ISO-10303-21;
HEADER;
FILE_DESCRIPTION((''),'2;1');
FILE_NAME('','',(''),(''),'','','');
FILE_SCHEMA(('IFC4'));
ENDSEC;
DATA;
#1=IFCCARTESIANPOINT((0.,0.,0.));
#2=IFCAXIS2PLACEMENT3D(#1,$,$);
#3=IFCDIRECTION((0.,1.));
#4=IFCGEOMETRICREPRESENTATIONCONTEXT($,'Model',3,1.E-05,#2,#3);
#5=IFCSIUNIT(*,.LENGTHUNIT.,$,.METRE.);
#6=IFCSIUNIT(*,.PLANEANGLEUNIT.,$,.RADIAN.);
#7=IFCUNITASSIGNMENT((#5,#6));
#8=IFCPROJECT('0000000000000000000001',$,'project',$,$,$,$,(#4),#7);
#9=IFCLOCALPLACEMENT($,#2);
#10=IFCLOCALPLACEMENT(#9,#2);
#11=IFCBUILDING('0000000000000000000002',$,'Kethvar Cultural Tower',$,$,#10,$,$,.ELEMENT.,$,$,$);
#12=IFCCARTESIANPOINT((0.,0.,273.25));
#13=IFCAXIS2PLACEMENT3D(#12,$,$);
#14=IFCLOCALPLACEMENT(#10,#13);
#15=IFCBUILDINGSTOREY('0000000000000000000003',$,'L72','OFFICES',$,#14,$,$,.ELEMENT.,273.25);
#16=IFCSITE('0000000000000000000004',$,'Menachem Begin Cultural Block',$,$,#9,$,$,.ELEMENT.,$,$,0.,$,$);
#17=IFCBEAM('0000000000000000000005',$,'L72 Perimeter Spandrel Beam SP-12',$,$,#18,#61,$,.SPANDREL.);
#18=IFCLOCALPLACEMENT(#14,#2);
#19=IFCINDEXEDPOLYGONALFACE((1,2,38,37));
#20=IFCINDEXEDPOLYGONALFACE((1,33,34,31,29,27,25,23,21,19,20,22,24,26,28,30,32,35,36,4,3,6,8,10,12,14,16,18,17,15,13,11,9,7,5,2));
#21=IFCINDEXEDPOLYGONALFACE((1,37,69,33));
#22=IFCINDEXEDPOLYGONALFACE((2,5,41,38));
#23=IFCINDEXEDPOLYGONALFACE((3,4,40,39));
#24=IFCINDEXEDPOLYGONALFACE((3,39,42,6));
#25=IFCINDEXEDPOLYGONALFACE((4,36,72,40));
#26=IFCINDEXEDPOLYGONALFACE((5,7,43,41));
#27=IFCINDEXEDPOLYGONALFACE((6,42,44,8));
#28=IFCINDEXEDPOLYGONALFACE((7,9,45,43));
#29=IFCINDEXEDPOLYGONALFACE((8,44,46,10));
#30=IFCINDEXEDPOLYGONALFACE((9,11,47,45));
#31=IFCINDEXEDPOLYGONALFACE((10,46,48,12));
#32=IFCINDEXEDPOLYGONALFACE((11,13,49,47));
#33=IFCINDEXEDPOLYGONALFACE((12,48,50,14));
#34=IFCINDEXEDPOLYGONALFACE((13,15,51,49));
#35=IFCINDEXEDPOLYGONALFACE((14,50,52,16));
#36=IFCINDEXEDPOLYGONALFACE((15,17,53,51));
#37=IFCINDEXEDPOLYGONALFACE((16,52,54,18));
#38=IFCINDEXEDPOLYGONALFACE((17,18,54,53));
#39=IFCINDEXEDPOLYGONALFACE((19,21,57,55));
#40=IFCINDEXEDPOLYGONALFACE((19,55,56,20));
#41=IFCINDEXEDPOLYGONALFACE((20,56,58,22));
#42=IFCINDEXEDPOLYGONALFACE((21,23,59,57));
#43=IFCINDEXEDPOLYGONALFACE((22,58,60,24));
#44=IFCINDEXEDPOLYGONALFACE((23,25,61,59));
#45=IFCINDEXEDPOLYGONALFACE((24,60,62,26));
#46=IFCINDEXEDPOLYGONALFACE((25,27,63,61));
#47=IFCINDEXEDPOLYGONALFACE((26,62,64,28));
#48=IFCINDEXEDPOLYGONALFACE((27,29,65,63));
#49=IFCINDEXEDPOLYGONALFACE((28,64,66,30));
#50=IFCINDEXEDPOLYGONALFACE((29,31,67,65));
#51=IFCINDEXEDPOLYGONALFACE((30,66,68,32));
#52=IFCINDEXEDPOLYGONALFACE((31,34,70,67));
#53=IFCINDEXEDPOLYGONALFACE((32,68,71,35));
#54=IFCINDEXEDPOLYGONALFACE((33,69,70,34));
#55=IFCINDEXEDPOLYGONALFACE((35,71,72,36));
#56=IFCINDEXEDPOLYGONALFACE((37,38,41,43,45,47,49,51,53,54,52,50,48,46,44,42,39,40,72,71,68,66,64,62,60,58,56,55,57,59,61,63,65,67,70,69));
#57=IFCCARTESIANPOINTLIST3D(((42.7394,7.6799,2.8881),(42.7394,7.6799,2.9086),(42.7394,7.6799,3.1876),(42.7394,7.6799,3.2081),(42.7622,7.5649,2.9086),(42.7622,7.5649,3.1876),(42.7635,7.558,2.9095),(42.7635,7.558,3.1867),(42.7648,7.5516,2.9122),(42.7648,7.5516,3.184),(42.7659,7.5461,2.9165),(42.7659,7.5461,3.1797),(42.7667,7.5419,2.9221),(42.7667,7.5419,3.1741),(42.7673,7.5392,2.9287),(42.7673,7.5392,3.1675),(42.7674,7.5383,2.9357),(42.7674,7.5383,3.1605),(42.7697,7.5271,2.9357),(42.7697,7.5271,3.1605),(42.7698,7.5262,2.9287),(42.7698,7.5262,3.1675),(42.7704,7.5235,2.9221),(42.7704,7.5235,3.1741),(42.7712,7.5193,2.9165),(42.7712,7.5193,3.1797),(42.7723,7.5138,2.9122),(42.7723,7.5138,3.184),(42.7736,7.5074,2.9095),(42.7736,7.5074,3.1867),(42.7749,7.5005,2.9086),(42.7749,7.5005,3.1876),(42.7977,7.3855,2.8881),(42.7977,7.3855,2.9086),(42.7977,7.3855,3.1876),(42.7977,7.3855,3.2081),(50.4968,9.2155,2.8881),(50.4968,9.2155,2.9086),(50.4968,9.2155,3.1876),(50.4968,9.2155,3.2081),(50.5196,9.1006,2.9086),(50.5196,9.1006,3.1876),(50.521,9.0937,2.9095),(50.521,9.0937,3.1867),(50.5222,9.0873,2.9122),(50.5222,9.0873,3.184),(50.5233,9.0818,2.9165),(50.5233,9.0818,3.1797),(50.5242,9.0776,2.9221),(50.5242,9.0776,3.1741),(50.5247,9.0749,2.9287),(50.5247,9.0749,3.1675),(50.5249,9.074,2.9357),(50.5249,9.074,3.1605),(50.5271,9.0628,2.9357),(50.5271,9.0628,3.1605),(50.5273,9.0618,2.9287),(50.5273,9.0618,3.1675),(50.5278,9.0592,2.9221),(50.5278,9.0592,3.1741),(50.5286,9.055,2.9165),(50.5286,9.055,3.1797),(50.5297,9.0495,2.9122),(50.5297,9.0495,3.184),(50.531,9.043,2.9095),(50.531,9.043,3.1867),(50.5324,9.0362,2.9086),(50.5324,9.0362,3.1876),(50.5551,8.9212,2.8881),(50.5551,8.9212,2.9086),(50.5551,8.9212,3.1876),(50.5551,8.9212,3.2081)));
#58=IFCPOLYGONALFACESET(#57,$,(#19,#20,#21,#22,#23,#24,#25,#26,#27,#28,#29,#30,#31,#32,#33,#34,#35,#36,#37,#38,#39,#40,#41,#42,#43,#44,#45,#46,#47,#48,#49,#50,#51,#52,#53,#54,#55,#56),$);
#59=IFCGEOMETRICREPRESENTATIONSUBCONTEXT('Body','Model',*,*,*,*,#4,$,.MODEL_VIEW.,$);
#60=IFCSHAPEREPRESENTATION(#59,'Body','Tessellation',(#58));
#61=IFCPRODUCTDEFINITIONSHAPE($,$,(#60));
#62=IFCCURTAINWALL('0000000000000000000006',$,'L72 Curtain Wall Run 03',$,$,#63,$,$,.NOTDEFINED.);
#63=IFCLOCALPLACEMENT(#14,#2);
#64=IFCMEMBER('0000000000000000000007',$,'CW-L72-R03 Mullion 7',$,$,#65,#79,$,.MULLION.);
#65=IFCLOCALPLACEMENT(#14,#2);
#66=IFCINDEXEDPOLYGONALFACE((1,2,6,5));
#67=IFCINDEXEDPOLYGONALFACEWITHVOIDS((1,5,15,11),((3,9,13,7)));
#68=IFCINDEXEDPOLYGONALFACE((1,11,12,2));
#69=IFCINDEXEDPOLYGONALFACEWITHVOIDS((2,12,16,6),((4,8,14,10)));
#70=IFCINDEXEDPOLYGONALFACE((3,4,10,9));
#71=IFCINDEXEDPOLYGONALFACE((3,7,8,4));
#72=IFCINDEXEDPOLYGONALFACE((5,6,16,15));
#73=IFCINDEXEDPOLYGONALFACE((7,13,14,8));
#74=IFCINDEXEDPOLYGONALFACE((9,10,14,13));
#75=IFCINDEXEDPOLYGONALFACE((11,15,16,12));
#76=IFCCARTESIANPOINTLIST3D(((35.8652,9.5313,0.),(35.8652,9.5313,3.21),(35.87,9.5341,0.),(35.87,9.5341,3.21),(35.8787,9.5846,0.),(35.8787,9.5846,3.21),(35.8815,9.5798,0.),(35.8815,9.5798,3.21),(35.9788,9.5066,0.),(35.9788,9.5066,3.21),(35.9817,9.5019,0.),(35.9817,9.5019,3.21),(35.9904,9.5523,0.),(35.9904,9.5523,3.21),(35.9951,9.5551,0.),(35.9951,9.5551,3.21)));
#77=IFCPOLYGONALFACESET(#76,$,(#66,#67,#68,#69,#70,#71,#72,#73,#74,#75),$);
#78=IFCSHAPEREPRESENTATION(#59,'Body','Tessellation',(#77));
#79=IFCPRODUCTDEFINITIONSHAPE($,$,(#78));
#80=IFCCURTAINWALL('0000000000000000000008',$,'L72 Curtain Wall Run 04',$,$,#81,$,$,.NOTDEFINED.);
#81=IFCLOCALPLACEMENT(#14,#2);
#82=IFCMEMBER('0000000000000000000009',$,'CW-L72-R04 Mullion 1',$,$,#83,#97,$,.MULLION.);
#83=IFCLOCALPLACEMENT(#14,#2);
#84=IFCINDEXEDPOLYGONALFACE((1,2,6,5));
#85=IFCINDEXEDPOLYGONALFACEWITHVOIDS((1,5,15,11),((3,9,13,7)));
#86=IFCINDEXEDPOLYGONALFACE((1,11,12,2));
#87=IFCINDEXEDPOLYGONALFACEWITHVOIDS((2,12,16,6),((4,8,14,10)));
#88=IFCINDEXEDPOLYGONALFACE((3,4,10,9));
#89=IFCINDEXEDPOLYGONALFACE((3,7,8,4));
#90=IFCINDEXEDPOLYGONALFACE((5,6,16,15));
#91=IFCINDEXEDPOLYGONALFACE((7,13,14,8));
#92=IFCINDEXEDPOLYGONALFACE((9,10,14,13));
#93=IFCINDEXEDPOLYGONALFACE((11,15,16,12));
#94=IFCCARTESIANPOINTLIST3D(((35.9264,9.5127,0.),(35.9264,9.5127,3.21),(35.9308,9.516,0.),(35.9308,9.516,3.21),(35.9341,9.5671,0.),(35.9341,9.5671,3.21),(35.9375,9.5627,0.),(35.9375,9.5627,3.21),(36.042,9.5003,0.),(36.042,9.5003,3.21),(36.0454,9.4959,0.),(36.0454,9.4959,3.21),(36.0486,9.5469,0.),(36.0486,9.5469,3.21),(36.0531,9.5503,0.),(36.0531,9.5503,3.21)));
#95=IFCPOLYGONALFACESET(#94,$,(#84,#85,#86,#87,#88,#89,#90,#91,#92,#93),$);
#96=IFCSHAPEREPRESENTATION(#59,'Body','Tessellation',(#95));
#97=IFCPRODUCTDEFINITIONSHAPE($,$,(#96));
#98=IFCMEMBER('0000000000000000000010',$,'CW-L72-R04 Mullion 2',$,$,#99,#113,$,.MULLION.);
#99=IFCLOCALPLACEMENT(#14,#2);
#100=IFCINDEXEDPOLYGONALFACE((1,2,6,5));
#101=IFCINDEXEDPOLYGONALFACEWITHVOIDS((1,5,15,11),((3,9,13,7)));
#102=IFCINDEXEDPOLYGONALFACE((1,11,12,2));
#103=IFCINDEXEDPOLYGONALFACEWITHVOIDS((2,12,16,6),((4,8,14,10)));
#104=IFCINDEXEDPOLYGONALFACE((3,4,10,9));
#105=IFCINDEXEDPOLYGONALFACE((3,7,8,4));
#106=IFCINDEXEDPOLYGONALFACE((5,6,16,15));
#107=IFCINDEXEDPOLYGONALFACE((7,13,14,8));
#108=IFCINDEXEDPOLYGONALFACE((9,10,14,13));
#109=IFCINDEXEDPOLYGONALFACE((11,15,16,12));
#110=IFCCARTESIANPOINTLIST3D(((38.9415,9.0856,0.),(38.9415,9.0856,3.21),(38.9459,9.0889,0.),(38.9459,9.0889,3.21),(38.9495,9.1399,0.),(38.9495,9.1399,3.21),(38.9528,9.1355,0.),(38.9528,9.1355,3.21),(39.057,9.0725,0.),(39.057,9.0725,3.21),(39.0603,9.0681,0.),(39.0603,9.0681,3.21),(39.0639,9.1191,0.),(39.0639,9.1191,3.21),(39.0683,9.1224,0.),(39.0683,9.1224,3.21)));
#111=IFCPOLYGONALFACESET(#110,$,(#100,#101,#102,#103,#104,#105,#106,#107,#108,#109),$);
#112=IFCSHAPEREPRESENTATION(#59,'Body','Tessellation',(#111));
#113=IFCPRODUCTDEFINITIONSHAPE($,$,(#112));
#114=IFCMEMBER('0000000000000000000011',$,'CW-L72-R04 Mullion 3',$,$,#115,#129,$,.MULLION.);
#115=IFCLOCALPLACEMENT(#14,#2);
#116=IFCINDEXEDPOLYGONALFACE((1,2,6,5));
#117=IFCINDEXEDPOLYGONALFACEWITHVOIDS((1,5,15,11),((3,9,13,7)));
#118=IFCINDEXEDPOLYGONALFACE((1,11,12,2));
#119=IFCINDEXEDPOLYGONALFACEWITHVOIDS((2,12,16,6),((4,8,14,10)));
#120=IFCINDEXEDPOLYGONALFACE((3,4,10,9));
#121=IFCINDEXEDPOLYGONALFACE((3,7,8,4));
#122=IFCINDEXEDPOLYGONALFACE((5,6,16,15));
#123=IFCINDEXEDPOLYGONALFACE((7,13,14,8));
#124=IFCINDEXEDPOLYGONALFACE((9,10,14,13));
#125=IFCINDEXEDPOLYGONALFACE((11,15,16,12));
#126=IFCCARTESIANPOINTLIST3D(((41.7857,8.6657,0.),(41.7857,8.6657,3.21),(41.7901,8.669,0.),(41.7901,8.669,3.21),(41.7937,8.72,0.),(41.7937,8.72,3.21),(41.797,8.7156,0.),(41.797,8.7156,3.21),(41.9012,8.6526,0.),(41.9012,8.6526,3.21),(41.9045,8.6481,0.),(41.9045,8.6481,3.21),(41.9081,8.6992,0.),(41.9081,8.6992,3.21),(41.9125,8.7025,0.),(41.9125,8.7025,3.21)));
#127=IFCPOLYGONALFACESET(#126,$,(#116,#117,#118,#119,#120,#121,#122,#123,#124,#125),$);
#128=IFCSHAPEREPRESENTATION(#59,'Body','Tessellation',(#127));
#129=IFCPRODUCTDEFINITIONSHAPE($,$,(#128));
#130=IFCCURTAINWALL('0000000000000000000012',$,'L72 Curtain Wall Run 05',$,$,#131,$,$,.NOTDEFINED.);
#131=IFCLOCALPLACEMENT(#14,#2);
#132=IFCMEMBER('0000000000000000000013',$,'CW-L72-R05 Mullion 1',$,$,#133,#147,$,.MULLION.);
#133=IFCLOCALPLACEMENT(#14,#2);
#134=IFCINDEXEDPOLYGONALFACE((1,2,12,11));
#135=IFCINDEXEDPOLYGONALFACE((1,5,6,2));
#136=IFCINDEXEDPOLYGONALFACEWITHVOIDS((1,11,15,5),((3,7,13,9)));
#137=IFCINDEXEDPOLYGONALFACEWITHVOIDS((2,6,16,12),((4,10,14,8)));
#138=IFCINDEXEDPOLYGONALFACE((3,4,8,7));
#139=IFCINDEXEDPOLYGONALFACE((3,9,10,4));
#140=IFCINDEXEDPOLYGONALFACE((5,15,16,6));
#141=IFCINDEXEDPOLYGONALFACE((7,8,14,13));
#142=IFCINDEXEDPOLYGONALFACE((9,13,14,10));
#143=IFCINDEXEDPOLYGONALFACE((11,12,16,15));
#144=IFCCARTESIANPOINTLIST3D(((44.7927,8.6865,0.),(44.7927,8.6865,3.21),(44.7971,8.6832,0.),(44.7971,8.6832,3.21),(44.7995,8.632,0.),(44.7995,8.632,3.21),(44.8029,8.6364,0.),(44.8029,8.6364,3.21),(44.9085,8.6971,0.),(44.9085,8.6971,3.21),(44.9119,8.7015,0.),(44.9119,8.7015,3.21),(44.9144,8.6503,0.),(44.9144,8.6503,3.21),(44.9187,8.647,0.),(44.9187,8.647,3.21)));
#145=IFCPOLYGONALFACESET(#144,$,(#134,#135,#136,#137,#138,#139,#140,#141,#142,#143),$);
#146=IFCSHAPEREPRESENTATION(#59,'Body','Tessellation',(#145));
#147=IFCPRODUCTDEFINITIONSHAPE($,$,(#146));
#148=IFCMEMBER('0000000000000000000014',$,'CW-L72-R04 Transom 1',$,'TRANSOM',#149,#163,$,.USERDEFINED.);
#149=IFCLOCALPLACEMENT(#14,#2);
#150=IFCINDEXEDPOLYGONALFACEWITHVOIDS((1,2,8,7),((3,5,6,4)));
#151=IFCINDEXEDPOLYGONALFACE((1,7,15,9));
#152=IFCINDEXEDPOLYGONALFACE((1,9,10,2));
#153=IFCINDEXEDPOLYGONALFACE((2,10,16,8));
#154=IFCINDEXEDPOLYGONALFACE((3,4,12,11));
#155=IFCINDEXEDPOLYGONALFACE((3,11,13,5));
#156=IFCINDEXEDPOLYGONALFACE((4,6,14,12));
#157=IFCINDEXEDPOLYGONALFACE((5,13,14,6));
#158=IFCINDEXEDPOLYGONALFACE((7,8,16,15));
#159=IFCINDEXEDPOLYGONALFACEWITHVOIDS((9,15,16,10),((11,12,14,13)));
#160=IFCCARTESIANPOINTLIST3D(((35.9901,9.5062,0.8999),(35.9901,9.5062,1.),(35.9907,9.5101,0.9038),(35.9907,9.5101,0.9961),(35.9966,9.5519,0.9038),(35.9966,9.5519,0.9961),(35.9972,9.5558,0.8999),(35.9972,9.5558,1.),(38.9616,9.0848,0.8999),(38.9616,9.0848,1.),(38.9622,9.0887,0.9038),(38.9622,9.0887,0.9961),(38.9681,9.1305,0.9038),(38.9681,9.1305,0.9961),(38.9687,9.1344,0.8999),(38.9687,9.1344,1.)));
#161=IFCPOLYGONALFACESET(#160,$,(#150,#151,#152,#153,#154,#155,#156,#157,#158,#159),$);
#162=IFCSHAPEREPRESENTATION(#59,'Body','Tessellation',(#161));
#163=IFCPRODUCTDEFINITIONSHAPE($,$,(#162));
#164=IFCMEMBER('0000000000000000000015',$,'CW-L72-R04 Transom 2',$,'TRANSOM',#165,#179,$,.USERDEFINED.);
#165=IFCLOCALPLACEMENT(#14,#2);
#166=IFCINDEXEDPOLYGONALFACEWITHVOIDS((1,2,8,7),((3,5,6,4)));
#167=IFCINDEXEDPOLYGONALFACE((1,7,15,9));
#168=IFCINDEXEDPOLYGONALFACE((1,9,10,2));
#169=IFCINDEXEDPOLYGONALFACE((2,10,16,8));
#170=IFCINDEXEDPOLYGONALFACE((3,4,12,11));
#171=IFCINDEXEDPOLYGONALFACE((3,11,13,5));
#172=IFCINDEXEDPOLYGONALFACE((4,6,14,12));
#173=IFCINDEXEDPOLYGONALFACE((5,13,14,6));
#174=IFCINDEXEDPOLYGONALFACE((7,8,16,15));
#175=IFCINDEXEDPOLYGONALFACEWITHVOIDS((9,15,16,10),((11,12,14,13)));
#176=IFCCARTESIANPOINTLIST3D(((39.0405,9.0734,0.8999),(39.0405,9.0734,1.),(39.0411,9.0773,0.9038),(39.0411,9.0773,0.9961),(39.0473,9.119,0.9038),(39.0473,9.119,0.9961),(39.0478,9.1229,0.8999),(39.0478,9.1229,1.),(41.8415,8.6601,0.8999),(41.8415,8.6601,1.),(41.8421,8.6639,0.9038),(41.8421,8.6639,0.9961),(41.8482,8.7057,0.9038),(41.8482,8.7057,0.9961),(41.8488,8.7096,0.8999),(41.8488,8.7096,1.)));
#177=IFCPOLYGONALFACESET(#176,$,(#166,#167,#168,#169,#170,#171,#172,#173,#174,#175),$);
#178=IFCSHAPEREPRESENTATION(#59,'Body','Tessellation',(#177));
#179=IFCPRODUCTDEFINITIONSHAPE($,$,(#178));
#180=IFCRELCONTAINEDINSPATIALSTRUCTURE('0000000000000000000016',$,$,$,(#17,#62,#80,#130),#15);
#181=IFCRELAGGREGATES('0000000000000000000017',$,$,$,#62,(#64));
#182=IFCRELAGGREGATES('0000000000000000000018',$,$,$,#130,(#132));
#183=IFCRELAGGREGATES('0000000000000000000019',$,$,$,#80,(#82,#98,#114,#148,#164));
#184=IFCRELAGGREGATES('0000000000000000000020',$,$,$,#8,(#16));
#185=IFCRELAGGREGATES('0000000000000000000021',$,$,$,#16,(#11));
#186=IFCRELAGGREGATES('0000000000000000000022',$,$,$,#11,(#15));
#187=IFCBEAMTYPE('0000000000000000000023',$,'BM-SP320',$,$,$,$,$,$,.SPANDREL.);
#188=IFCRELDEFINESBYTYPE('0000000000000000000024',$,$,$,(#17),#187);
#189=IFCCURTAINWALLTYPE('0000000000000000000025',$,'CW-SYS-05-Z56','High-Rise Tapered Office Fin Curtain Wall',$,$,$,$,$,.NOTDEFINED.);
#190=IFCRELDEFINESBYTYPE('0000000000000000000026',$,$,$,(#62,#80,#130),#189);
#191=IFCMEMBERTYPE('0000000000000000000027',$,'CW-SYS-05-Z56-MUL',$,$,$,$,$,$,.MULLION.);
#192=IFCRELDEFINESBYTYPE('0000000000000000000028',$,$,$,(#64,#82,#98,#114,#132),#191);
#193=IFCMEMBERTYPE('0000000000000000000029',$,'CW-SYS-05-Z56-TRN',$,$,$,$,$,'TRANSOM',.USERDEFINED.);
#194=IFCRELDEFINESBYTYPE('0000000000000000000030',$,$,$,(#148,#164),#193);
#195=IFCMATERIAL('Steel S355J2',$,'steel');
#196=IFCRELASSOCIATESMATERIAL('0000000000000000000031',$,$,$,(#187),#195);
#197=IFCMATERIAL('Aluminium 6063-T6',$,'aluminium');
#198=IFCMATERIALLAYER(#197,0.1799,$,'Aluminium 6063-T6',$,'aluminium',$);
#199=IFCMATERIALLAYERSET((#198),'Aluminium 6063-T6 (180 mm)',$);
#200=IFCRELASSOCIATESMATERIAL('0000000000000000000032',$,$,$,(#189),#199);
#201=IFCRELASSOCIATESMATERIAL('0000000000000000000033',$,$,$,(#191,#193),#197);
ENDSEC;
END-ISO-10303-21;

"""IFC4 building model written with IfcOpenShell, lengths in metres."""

from ifc_helpers import new_model, si_unit, direction, frame, origin, origin_2d, place, context, subcontext, project, spatial, hollow_rectangle, i_section, extrude, source, transform, mapped, material, layer, layer_set, material_profile, profile_set, type_object, element, aggregate, save


model = new_model("IFC4")

# Units and contexts
model_context = context("Model", 3, precision=1e-05, world=origin(), true_north=direction((0.0, 1.0)))
body_context = subcontext(model_context, "Body", "Model", "MODEL_VIEW")
ifc_project = project(units=[si_unit("LENGTHUNIT", "METRE"), si_unit("PLANEANGLEUNIT", "RADIAN")], contexts=[model_context])

# Site, building, storey
site_placement = place(None, origin())
site = spatial("IfcSite", under=ifc_project, at=site_placement, Name="Menachem Begin Cultural Block", CompositionType="ELEMENT", RefElevation=0.0)
building_placement = place(site_placement, origin())
building = spatial("IfcBuilding", under=site, at=building_placement, Name="Kethvar Cultural Tower", CompositionType="ELEMENT")
storey_placement = place(building_placement, frame((0.0, 0.0, 273.25)))
storey = spatial("IfcBuildingStorey", under=building, at=storey_placement, Name="L72", Description="OFFICES", CompositionType="ELEMENT", Elevation=273.25)

# Shared definitions
ifc_material_1 = material(Name="Steel S355J2", Category="steel")

# Beam
ifc_material_profile_1 = material_profile(ifc_material_1, i_section(OverallWidth=0.3, OverallDepth=0.3201, WebThickness=0.0115, FlangeThickness=0.0205, FilletRadius=0.0271, at=origin_2d()), Name="Steel S355J2 — HEB320")
ifc_profile_set_1 = profile_set([ifc_material_profile_1], Name="Steel S355J2 — HEB320")
beam_type_1 = type_object("IfcBeamType", Name="BM-SP320", PredefinedType="SPANDREL", material=ifc_profile_set_1)
shared_shape_1 = source(origin(), body_context, "Body", "SweptSolid", [
    extrude(i_section(OverallWidth=0.3, OverallDepth=0.3201, WebThickness=0.0115, FlangeThickness=0.0205, FilletRadius=0.0271, at=origin_2d()), origin(), (0.0, 0.0, 1.0), 7.908),
])
beam_1_placement = place(storey_placement, frame((42.7686, 7.5327, 3.0481), z_axis=(0.980964, 0.194192, 0.0), x_axis=(-0.194192, 0.980964, 0.0)))
element("IfcBeam", 1, at=beam_1_placement, inside=storey, type_object=beam_type_1, Name="L72 Perimeter Spandrel Beam SP-12", PredefinedType="SPANDREL", context=body_context, shape_type="MappedRepresentation", body=[
    mapped(shared_shape_1, transform((0.0, 0.0, 0.0), scale=1.0)),
])

# Curtain wall, member
ifc_material_2 = material(Name="Aluminium 6063-T6", Category="aluminium")
ifc_layer_1 = layer(ifc_material_2, 0.1799, Name="Aluminium 6063-T6", Category="aluminium")
ifc_layer_set_1 = layer_set([ifc_layer_1], Name="Aluminium 6063-T6 (180 mm)")
curtain_wall_type = type_object("IfcCurtainWallType", Name="CW-SYS-05-Z56", Description="High-Rise Tapered Office Fin Curtain Wall", PredefinedType="NOTDEFINED", material=ifc_layer_set_1)
curtain_wall_1_placement = place(storey_placement, origin())
curtain_wall_1 = element("IfcCurtainWall", 2, at=curtain_wall_1_placement, inside=storey, type_object=curtain_wall_type, Name="L72 Curtain Wall Run 03", PredefinedType="NOTDEFINED")
ifc_material_profile_2 = material_profile(ifc_material_2, hollow_rectangle(XDim=0.0549, YDim=0.1201, WallThickness=0.0039, at=origin_2d()), Name="Aluminium 6063-T6 — RHS120x55x4")
ifc_profile_set_2 = profile_set([ifc_material_profile_2], Name="Aluminium 6063-T6 — RHS120x55x4")
member_type_1 = type_object("IfcMemberType", Name="CW-SYS-05-Z56-MUL", PredefinedType="MULLION", material=ifc_profile_set_2)
shared_shape_2 = source(origin(), body_context, "Body", "SweptSolid", [
    extrude(hollow_rectangle(XDim=0.0549, YDim=0.1201, WallThickness=0.0039, at=origin_2d()), origin(), (0.0, 0.0, 1.0), 3.21),
])
member_1_placement = place(storey_placement, frame((35.9302, 9.5432, 0.0), z_axis=(0.0, 0.0, 1.0), x_axis=(0.24507, 0.969505, 0.0)))
member_1 = element("IfcMember", 3, at=member_1_placement, type_object=member_type_1, Name="CW-L72-R03 Mullion 7", PredefinedType="MULLION", context=body_context, shape_type="MappedRepresentation", body=[
    mapped(shared_shape_2, transform((0.0, 0.0, 0.0), scale=1.0)),
])
aggregate(curtain_wall_1, [member_1])

# Curtain wall, members
curtain_wall_2_placement = place(storey_placement, origin())
curtain_wall_2 = element("IfcCurtainWall", 4, at=curtain_wall_2_placement, inside=storey, type_object=curtain_wall_type, Name="L72 Curtain Wall Run 04", PredefinedType="NOTDEFINED")
member_2_placement = place(storey_placement, frame((35.9897, 9.5315, 0.0), z_axis=(0.0, 0.0, 1.0), x_axis=(0.140366, 0.9901, 0.0)))
member_2 = element("IfcMember", 5, at=member_2_placement, type_object=member_type_1, Name="CW-L72-R04 Mullion 1", PredefinedType="MULLION", context=body_context, shape_type="MappedRepresentation", body=[
    mapped(shared_shape_2, transform((0.0, 0.0, 0.0), scale=1.0)),
])
member_3_placement = place(storey_placement, frame((39.0049, 9.104, 0.0), z_axis=(0.0, 0.0, 1.0), x_axis=(0.146014, 0.989283, 0.0)))
member_3 = element("IfcMember", 6, at=member_3_placement, type_object=member_type_1, Name="CW-L72-R04 Mullion 2", PredefinedType="MULLION", context=body_context, shape_type="MappedRepresentation", body=[
    mapped(shared_shape_2, transform((0.0, 0.0, 0.0), scale=1.0)),
])
member_4_placement = place(storey_placement, frame((41.8491, 8.6841, 0.0), z_axis=(0.0, 0.0, 1.0), x_axis=(0.146014, 0.989283, 0.0)))
member_4 = element("IfcMember", 7, at=member_4_placement, type_object=member_type_1, Name="CW-L72-R04 Mullion 3", PredefinedType="MULLION", context=body_context, shape_type="MappedRepresentation", body=[
    mapped(shared_shape_2, transform((0.0, 0.0, 0.0), scale=1.0)),
])

# Curtain wall, member
curtain_wall_3_placement = place(storey_placement, origin())
curtain_wall_3 = element("IfcCurtainWall", 8, at=curtain_wall_3_placement, inside=storey, type_object=curtain_wall_type, Name="L72 Curtain Wall Run 05", PredefinedType="NOTDEFINED")
member_5_placement = place(storey_placement, frame((44.8557, 8.6667, 0.0), z_axis=(0.0, 0.0, 1.0), x_axis=(-0.124173, 0.992261, 0.0)))
member_5 = element("IfcMember", 9, at=member_5_placement, type_object=member_type_1, Name="CW-L72-R05 Mullion 1", PredefinedType="MULLION", context=body_context, shape_type="MappedRepresentation", body=[
    mapped(shared_shape_2, transform((0.0, 0.0, 0.0), scale=1.0)),
])

# Members
ifc_material_profile_3 = material_profile(ifc_material_2, hollow_rectangle(XDim=0.05, YDim=0.1001, WallThickness=0.0039, at=origin_2d()), Name="Aluminium 6063-T6 — RHS100x50x4")
ifc_profile_set_3 = profile_set([ifc_material_profile_3], Name="Aluminium 6063-T6 — RHS100x50x4")
member_type_2 = type_object("IfcMemberType", Name="CW-SYS-05-Z56-TRN", ElementType="TRANSOM", PredefinedType="USERDEFINED", material=ifc_profile_set_3)
shared_shape_3 = source(origin(), body_context, "Body", "SweptSolid", [
    extrude(hollow_rectangle(XDim=0.05, YDim=0.1001, WallThickness=0.0039, at=origin_2d()), origin(), (0.0, 0.0, 1.0), 3.0012),
])
member_6_placement = place(storey_placement, frame((35.9937, 9.531, 0.95), z_axis=(0.990094, -0.140408, 0.0), x_axis=(0.140408, 0.990094, 0.0)))
member_6 = element("IfcMember", 10, at=member_6_placement, type_object=member_type_2, Name="CW-L72-R04 Transom 1", ObjectType="TRANSOM", PredefinedType="USERDEFINED", context=body_context, shape_type="MappedRepresentation", body=[
    mapped(shared_shape_3, transform((0.0, 0.0, 0.0), scale=1.0)),
])
shared_shape_4 = source(origin(), body_context, "Body", "SweptSolid", [
    extrude(hollow_rectangle(XDim=0.05, YDim=0.1001, WallThickness=0.0039, at=origin_2d()), origin(), (0.0, 0.0, 1.0), 2.8313),
])
member_7_placement = place(storey_placement, frame((39.0442, 9.0981, 0.95), z_axis=(0.989287, -0.145983, 0.0), x_axis=(0.145983, 0.989287, 0.0)))
member_7 = element("IfcMember", 11, at=member_7_placement, type_object=member_type_2, Name="CW-L72-R04 Transom 2", ObjectType="TRANSOM", PredefinedType="USERDEFINED", context=body_context, shape_type="MappedRepresentation", body=[
    mapped(shared_shape_4, transform((0.0, 0.0, 0.0), scale=1.0)),
])
aggregate(curtain_wall_3, [member_5])

aggregate(curtain_wall_2, [member_2, member_3, member_4, member_6, member_7])

save(model, "model.ifc")
